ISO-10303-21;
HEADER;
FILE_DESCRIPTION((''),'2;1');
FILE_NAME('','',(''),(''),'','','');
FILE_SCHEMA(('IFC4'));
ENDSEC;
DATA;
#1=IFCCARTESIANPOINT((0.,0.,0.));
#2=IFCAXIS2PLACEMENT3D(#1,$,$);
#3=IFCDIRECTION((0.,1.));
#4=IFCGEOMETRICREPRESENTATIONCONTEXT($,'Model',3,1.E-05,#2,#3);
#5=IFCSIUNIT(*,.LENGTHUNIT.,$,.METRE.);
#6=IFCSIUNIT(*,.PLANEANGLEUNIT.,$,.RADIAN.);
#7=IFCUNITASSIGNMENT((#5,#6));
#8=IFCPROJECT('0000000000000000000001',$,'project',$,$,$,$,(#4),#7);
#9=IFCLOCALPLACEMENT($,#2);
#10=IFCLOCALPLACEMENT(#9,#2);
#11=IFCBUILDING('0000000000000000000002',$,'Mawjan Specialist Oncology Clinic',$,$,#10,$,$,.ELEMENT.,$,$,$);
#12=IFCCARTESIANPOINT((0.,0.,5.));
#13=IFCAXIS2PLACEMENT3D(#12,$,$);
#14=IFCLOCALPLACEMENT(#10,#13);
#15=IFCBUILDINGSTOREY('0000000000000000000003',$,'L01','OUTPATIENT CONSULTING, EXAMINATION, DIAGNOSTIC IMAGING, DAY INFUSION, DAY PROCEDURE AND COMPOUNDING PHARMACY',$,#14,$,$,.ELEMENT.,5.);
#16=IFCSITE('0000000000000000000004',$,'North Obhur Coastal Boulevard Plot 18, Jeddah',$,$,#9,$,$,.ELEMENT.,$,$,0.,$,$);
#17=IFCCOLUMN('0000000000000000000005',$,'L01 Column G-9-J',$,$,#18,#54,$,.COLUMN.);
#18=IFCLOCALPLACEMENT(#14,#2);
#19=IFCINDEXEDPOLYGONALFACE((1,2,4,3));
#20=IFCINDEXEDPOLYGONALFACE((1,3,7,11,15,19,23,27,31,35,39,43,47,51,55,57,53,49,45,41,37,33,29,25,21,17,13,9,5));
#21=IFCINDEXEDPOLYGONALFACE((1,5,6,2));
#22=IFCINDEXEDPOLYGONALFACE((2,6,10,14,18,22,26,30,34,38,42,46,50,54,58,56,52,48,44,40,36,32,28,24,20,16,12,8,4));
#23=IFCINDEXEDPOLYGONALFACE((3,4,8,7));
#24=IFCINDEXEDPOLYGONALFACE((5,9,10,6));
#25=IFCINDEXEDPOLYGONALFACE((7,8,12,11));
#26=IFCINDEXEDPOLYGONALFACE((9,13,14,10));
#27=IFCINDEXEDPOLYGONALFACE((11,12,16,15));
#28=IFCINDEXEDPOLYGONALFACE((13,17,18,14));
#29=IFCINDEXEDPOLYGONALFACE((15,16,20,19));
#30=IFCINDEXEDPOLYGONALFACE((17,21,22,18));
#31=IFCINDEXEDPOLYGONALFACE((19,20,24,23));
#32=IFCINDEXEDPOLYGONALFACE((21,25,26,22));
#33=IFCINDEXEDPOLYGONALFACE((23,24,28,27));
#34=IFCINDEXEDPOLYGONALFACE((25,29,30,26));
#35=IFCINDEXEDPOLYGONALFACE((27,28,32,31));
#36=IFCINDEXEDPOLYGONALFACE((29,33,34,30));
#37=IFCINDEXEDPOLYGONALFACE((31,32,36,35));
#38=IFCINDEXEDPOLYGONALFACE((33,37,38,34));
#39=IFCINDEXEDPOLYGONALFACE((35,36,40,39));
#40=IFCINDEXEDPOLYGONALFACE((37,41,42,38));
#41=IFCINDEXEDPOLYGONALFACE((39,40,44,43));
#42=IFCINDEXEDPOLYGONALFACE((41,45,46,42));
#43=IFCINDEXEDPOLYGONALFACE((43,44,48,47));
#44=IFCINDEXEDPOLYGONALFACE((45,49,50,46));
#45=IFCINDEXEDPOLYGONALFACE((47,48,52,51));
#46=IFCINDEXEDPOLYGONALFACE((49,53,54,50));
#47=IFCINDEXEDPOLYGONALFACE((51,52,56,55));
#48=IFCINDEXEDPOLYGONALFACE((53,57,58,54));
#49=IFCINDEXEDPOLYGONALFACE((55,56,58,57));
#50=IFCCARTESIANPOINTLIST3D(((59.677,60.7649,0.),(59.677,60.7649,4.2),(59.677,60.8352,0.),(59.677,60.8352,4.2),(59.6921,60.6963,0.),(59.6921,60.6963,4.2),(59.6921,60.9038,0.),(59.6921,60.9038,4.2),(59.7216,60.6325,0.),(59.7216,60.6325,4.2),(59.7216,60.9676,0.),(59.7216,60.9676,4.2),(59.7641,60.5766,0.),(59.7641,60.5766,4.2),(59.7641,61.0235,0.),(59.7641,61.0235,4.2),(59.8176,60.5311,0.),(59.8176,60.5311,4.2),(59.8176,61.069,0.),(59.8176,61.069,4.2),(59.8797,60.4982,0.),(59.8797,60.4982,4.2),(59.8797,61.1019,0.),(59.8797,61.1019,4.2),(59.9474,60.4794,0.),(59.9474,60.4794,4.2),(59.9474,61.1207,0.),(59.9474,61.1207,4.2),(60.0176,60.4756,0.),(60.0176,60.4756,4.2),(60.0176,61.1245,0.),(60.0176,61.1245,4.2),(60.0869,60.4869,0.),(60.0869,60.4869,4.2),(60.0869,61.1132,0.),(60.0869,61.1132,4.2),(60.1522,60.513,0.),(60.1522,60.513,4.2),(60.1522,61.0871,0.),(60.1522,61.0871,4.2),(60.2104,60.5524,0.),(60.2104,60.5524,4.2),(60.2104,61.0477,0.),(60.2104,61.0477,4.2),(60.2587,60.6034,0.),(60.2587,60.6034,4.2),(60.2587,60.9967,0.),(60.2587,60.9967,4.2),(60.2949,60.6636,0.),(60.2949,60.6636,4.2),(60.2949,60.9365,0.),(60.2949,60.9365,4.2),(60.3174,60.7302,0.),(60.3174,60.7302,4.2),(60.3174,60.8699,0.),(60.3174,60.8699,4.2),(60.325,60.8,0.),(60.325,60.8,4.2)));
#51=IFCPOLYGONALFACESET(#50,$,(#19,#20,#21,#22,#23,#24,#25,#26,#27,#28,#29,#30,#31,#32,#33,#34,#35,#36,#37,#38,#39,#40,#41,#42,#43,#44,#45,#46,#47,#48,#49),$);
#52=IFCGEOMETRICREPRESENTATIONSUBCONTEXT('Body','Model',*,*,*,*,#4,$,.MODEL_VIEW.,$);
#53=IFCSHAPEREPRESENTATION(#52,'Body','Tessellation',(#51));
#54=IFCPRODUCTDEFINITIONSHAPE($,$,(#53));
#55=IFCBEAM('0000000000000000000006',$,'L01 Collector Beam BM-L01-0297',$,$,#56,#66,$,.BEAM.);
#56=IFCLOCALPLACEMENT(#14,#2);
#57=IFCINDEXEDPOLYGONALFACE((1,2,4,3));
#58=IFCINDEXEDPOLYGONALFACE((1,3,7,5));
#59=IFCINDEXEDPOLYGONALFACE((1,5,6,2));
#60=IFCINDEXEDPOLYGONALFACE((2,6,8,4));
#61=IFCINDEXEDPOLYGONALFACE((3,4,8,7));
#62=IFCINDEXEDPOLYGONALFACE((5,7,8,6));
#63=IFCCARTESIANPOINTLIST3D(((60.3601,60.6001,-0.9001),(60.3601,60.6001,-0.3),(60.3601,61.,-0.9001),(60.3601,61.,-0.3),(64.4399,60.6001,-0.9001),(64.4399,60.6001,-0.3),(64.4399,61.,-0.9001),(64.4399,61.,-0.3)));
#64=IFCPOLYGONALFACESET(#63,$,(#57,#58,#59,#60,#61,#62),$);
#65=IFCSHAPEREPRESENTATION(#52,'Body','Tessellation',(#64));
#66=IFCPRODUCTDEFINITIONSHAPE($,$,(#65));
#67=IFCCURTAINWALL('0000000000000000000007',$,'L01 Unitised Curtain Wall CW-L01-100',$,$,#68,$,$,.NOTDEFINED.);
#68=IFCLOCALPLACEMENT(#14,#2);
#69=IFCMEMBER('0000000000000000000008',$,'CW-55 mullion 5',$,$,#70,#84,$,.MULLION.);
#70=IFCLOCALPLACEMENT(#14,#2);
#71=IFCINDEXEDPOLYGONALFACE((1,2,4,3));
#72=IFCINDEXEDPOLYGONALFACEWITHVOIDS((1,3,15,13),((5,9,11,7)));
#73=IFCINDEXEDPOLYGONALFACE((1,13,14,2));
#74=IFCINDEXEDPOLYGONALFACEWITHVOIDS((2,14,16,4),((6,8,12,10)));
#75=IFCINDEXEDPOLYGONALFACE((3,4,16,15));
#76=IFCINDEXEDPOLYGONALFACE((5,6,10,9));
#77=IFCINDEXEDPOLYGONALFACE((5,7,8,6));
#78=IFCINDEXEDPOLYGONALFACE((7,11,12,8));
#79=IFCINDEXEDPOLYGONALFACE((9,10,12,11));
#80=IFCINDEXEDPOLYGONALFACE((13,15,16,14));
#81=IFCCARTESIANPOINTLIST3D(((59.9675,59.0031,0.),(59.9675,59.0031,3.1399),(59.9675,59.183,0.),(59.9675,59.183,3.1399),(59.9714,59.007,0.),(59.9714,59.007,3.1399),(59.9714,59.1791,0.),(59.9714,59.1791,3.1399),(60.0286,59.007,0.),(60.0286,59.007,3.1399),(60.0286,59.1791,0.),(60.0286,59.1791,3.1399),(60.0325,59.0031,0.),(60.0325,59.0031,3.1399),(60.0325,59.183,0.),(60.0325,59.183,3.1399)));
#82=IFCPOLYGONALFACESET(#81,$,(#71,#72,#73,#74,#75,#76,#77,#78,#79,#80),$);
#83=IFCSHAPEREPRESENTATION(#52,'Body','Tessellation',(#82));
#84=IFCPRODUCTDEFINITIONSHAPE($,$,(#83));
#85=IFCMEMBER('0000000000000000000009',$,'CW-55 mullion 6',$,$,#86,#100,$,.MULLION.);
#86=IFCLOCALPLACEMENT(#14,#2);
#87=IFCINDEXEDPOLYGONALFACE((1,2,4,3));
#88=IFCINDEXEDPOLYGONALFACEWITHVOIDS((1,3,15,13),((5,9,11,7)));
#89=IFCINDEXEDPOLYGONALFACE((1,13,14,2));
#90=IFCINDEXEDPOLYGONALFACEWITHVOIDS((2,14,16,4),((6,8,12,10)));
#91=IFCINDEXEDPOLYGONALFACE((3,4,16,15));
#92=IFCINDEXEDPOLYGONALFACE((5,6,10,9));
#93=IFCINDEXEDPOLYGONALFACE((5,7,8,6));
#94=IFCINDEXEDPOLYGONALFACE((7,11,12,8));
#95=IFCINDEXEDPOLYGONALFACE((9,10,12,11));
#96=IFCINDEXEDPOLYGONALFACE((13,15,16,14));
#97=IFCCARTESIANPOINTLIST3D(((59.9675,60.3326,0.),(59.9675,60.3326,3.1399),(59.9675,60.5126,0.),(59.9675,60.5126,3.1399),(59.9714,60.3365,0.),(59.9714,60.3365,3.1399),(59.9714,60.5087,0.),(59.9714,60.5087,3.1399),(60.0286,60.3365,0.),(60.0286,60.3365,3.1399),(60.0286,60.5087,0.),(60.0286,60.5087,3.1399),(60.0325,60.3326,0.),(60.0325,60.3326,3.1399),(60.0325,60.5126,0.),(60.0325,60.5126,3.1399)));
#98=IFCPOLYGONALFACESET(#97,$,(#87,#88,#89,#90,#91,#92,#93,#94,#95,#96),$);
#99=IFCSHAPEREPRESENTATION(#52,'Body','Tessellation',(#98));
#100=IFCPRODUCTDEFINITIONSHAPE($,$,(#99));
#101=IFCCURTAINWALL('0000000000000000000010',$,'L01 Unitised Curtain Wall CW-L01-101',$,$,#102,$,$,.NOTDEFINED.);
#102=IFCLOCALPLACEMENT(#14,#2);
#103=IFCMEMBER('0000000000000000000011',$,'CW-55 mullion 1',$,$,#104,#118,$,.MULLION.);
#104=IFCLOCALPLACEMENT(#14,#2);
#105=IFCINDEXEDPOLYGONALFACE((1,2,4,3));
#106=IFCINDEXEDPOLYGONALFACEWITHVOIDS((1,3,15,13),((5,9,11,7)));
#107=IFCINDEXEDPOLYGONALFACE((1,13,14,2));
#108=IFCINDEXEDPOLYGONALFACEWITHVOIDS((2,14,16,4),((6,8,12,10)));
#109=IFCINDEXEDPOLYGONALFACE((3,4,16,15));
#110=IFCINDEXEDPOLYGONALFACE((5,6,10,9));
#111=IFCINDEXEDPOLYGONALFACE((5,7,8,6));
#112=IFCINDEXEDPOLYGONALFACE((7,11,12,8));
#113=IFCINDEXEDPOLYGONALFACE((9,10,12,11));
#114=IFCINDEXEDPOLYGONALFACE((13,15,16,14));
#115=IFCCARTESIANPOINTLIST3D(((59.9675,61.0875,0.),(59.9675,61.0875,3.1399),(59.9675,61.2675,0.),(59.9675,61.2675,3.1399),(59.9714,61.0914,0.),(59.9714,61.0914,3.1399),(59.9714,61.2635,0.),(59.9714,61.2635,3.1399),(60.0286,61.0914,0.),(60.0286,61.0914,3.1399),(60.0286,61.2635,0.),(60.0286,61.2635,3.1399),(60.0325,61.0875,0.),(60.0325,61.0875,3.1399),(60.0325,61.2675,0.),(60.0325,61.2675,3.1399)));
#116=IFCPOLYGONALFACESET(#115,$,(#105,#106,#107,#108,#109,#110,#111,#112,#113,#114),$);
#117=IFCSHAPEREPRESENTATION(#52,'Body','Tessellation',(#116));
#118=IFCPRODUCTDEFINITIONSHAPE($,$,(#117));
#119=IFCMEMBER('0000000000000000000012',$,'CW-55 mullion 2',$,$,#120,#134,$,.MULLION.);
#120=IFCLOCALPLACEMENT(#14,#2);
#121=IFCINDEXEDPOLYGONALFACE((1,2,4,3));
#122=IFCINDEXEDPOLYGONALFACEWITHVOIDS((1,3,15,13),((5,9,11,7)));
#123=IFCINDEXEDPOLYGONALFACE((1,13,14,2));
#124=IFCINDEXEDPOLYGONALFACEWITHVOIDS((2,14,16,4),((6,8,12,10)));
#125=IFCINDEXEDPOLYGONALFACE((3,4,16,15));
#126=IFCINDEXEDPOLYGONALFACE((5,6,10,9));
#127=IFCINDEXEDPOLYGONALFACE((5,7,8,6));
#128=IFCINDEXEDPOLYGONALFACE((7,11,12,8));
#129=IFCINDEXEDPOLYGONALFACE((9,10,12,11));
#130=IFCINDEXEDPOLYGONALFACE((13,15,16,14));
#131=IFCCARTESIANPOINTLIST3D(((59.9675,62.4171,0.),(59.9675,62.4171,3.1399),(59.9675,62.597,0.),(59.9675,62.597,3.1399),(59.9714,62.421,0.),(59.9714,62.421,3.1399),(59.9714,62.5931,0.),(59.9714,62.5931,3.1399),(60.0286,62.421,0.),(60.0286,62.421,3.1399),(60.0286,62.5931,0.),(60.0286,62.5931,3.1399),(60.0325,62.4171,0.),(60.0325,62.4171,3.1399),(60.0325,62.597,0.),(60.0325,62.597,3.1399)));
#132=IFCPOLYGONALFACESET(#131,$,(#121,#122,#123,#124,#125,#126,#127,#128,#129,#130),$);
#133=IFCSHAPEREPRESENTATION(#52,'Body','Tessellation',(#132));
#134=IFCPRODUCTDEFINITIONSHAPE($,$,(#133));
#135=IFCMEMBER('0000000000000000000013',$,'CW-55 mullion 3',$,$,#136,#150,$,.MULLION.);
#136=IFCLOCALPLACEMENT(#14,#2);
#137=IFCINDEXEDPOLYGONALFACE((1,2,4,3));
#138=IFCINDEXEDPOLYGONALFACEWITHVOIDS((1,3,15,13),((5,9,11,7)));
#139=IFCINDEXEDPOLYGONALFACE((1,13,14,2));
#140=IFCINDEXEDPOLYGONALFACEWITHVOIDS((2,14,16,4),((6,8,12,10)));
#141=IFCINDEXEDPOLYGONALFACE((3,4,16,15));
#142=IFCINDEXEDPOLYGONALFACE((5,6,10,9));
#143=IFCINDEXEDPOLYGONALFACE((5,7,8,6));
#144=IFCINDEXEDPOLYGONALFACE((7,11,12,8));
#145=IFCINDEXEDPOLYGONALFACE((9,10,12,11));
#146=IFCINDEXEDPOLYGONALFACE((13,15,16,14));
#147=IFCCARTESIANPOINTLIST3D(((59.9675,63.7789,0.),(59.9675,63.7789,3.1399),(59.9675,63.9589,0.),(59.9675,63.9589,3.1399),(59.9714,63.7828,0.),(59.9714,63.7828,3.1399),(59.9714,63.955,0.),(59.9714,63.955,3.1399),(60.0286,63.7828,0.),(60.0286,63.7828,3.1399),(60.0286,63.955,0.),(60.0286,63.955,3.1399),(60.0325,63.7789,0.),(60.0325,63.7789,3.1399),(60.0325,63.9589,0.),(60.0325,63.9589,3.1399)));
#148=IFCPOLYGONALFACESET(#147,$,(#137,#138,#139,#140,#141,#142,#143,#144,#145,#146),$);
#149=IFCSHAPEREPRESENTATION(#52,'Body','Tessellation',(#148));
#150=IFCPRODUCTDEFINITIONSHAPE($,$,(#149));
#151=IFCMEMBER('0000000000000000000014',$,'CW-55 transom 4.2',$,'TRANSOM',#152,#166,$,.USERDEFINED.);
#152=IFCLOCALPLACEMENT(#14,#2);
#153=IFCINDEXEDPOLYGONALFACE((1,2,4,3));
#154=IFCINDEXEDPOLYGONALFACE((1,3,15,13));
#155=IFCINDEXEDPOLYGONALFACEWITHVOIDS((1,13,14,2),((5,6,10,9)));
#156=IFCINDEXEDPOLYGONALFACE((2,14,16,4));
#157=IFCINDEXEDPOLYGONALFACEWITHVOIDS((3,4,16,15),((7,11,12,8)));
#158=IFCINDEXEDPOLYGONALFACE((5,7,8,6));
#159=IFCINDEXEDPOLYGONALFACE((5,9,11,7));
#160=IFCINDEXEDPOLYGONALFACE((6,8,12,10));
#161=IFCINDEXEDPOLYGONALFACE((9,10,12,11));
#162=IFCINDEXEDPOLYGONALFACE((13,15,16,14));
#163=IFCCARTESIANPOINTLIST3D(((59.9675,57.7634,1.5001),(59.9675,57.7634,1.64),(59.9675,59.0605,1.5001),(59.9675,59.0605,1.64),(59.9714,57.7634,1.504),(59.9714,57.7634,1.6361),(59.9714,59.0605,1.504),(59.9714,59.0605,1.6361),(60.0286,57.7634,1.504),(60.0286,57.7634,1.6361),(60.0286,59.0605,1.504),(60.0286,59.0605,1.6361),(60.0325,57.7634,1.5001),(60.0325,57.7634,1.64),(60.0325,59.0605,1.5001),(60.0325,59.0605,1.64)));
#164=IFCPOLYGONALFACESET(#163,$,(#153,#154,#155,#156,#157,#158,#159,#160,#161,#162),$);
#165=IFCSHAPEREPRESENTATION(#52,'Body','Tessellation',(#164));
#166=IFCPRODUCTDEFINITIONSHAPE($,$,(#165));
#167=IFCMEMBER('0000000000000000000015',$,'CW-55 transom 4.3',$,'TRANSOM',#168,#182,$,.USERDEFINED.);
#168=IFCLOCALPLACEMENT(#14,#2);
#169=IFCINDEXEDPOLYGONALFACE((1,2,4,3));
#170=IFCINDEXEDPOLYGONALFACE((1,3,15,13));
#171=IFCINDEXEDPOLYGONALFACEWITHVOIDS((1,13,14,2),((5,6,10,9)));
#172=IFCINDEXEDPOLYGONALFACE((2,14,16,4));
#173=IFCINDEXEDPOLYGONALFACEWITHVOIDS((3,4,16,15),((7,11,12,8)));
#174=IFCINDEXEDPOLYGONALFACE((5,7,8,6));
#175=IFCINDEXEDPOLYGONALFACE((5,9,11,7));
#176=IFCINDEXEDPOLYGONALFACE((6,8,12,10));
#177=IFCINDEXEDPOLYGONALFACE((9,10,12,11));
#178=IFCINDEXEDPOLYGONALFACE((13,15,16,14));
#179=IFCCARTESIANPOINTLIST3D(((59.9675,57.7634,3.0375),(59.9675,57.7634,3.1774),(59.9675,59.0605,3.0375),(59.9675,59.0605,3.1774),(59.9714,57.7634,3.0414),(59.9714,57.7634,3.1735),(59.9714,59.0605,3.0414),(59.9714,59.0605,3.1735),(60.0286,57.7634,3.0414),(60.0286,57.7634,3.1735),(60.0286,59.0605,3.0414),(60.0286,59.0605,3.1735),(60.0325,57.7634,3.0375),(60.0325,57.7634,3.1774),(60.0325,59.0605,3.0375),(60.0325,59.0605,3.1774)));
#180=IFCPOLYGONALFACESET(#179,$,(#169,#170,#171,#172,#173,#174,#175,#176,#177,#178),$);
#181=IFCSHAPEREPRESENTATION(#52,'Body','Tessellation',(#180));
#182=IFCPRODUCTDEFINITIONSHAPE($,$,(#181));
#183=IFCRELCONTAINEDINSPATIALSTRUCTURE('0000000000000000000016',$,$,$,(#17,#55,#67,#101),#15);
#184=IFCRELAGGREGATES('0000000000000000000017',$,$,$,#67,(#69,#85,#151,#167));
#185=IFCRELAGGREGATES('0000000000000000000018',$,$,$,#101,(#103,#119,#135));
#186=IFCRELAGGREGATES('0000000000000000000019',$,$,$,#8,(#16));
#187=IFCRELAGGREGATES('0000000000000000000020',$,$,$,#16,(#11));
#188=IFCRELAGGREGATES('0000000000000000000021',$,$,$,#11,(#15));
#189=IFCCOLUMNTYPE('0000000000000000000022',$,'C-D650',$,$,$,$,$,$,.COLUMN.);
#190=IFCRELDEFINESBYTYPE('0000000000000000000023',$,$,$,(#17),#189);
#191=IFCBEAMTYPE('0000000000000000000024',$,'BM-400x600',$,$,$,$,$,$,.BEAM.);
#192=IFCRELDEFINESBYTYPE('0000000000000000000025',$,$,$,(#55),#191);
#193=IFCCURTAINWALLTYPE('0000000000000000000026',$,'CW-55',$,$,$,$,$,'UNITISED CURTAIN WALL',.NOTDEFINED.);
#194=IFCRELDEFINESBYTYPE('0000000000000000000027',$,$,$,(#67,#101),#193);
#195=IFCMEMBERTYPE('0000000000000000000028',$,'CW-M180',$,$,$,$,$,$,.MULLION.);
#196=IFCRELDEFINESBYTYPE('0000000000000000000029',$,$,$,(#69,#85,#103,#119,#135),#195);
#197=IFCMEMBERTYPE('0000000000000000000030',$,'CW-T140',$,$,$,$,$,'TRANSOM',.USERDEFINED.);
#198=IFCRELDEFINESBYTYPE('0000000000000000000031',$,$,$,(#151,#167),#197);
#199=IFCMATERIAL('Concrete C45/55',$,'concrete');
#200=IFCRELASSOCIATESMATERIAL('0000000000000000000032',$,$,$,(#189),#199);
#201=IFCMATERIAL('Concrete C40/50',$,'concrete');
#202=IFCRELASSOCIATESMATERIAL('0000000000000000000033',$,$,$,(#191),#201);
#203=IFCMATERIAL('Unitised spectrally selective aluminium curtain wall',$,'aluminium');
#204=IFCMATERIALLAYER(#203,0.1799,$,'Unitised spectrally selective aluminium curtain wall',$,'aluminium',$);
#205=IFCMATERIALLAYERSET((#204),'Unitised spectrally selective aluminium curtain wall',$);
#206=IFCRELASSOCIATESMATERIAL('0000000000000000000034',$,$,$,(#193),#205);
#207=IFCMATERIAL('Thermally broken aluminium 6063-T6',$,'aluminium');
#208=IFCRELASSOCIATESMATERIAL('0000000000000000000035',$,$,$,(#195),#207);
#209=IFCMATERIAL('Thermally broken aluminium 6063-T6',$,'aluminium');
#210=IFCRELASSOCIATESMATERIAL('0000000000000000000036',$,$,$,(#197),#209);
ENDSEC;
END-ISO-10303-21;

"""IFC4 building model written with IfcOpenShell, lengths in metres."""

from ifc_helpers import new_model, si_unit, direction, frame, origin, origin_2d, place, context, subcontext, project, spatial, rectangle, hollow_rectangle, circle, extrude, material, layer, layer_set, material_profile, profile_set, type_object, element, aggregate, save


model = new_model("IFC4")

# Units and contexts
model_context = context("Model", 3, precision=1e-05, world=origin(), true_north=direction((0.0, 1.0)))
body_context = subcontext(model_context, "Body", "Model", "MODEL_VIEW")
ifc_project = project(units=[si_unit("LENGTHUNIT", "METRE"), si_unit("PLANEANGLEUNIT", "RADIAN")], contexts=[model_context])

# Site, building, storey
site_placement = place(None, origin())
site = spatial("IfcSite", under=ifc_project, at=site_placement, Name="North Obhur Coastal Boulevard Plot 18, Jeddah", CompositionType="ELEMENT", RefElevation=0.0)
building_placement = place(site_placement, origin())
building = spatial("IfcBuilding", under=site, at=building_placement, Name="Mawjan Specialist Oncology Clinic", CompositionType="ELEMENT")
storey_placement = place(building_placement, frame((0.0, 0.0, 5.0)))
storey = spatial("IfcBuildingStorey", under=building, at=storey_placement, Name="L01", Description="OUTPATIENT CONSULTING, EXAMINATION, DIAGNOSTIC IMAGING, DAY INFUSION, DAY PROCEDURE AND COMPOUNDING PHARMACY", CompositionType="ELEMENT", Elevation=5.0)

# Column
ifc_material_1 = material(Name="Concrete C45/55", Category="concrete")
ifc_material_profile_1 = material_profile(ifc_material_1, circle(Radius=0.325, at=origin_2d()), Name="RC COL D650", Category="concrete")
ifc_profile_set_1 = profile_set([ifc_material_profile_1], Name="Concrete C45/55")
column_type = type_object("IfcColumnType", Name="C-D650", PredefinedType="COLUMN", material=ifc_profile_set_1)
column_placement = place(storey_placement, frame((60.0, 60.8, 0.0), z_axis=(0.0, 0.0, 1.0), x_axis=(1.0, 0.0, 0.0)))
element("IfcColumn", 1, at=column_placement, inside=storey, type_object=column_type, Name="L01 Column G-9-J", PredefinedType="COLUMN", context=body_context, shape_type="SweptSolid", body=[
    extrude(circle(Radius=0.325, at=origin_2d()), origin(), (0.0, 0.0, 1.0), 4.2),
])

# Beam
ifc_material_2 = material(Name="Concrete C40/50", Category="concrete")
ifc_material_profile_2 = material_profile(ifc_material_2, rectangle(XDim=0.3999, YDim=0.6001, at=origin_2d()), Name="RC BM 400x600", Category="concrete")
ifc_profile_set_2 = profile_set([ifc_material_profile_2], Name="Concrete C40/50")
beam_type_1 = type_object("IfcBeamType", Name="BM-400x600", PredefinedType="BEAM", material=ifc_profile_set_2)
beam_1_placement = place(storey_placement, frame((60.3601, 60.8, -0.6001), z_axis=(1.0, 0.0, 0.0), x_axis=(0.0, 1.0, 0.0)))
element("IfcBeam", 2, at=beam_1_placement, inside=storey, type_object=beam_type_1, Name="L01 Collector Beam BM-L01-0297", PredefinedType="BEAM", context=body_context, shape_type="SweptSolid", body=[
    extrude(rectangle(XDim=0.3999, YDim=0.6001, at=origin_2d()), origin(), (0.0, 0.0, 1.0), 4.0798),
])

# Curtain walls, members
ifc_material_3 = material(Name="Unitised spectrally selective aluminium curtain wall", Category="aluminium")
ifc_layer_1 = layer(ifc_material_3, 0.1799, Name="Unitised spectrally selective aluminium curtain wall", Category="aluminium")
ifc_layer_set_1 = layer_set([ifc_layer_1], Name="Unitised spectrally selective aluminium curtain wall")
curtain_wall_type = type_object("IfcCurtainWallType", Name="CW-55", ElementType="UNITISED CURTAIN WALL", PredefinedType="NOTDEFINED", material=ifc_layer_set_1)
curtain_wall_1_placement = place(storey_placement, origin())
curtain_wall_1 = element("IfcCurtainWall", 3, at=curtain_wall_1_placement, inside=storey, type_object=curtain_wall_type, Name="L01 Unitised Curtain Wall CW-L01-100", PredefinedType="NOTDEFINED")
ifc_material_4 = material(Name="Thermally broken aluminium 6063-T6", Category="aluminium")
ifc_material_profile_3 = material_profile(ifc_material_4, hollow_rectangle(XDim=0.0649, YDim=0.1799, WallThickness=0.0039, at=origin_2d()), Name="ALU MULLION 180x65x4", Category="aluminium")
ifc_profile_set_3 = profile_set([ifc_material_profile_3], Name="Thermally broken aluminium 6063-T6")
member_type_1 = type_object("IfcMemberType", Name="CW-M180", PredefinedType="MULLION", material=ifc_profile_set_3)
member_1_placement = place(storey_placement, frame((60.0, 59.093, 0.0), z_axis=(0.0, 0.0, 1.0), x_axis=(-1.0, 0.0, 0.0)))
member_1 = element("IfcMember", 4, at=member_1_placement, type_object=member_type_1, Name="CW-55 mullion 5", PredefinedType="MULLION", context=body_context, shape_type="SweptSolid", body=[
    extrude(hollow_rectangle(XDim=0.0649, YDim=0.1799, WallThickness=0.0039, at=origin_2d()), origin(), (0.0, 0.0, 1.0), 3.1399),
])
member_2_placement = place(storey_placement, frame((60.0, 60.4226, 0.0), z_axis=(0.0, 0.0, 1.0), x_axis=(-1.0, 0.0, 0.0)))
member_2 = element("IfcMember", 5, at=member_2_placement, type_object=member_type_1, Name="CW-55 mullion 6", PredefinedType="MULLION", context=body_context, shape_type="SweptSolid", body=[
    extrude(hollow_rectangle(XDim=0.0649, YDim=0.1799, WallThickness=0.0039, at=origin_2d()), origin(), (0.0, 0.0, 1.0), 3.1399),
])
curtain_wall_2_placement = place(storey_placement, origin())
curtain_wall_2 = element("IfcCurtainWall", 6, at=curtain_wall_2_placement, inside=storey, type_object=curtain_wall_type, Name="L01 Unitised Curtain Wall CW-L01-101", PredefinedType="NOTDEFINED")
member_3_placement = place(storey_placement, frame((60.0, 61.1775, 0.0), z_axis=(0.0, 0.0, 1.0), x_axis=(-1.0, 0.0, 0.0)))
member_3 = element("IfcMember", 7, at=member_3_placement, type_object=member_type_1, Name="CW-55 mullion 1", PredefinedType="MULLION", context=body_context, shape_type="SweptSolid", body=[
    extrude(hollow_rectangle(XDim=0.0649, YDim=0.1799, WallThickness=0.0039, at=origin_2d()), origin(), (0.0, 0.0, 1.0), 3.1399),
])
member_4_placement = place(storey_placement, frame((60.0, 62.5071, 0.0), z_axis=(0.0, 0.0, 1.0), x_axis=(-1.0, 0.0, 0.0)))
member_4 = element("IfcMember", 8, at=member_4_placement, type_object=member_type_1, Name="CW-55 mullion 2", PredefinedType="MULLION", context=body_context, shape_type="SweptSolid", body=[
    extrude(hollow_rectangle(XDim=0.0649, YDim=0.1799, WallThickness=0.0039, at=origin_2d()), origin(), (0.0, 0.0, 1.0), 3.1399),
])
member_5_placement = place(storey_placement, frame((60.0, 63.8689, 0.0), z_axis=(0.0, 0.0, 1.0), x_axis=(-1.0, 0.0, 0.0)))
member_5 = element("IfcMember", 9, at=member_5_placement, type_object=member_type_1, Name="CW-55 mullion 3", PredefinedType="MULLION", context=body_context, shape_type="SweptSolid", body=[
    extrude(hollow_rectangle(XDim=0.0649, YDim=0.1799, WallThickness=0.0039, at=origin_2d()), origin(), (0.0, 0.0, 1.0), 3.1399),
])

# Members
ifc_material_5 = material(Name="Thermally broken aluminium 6063-T6", Category="aluminium")
ifc_material_profile_4 = material_profile(ifc_material_5, hollow_rectangle(XDim=0.0649, YDim=0.1399, WallThickness=0.0039, at=origin_2d()), Name="ALU TRANSOM 140x65x4", Category="aluminium")
ifc_profile_set_4 = profile_set([ifc_material_profile_4], Name="Thermally broken aluminium 6063-T6")
member_type_2 = type_object("IfcMemberType", Name="CW-T140", ElementType="TRANSOM", PredefinedType="USERDEFINED", material=ifc_profile_set_4)
member_6_placement = place(storey_placement, frame((60.0, 57.7634, 1.5701), z_axis=(0.0, 1.0, 0.0), x_axis=(-1.0, 0.0, 0.0)))
member_6 = element("IfcMember", 10, at=member_6_placement, type_object=member_type_2, Name="CW-55 transom 4.2", ObjectType="TRANSOM", PredefinedType="USERDEFINED", context=body_context, shape_type="SweptSolid", body=[
    extrude(hollow_rectangle(XDim=0.0649, YDim=0.1399, WallThickness=0.0039, at=origin_2d()), origin(), (0.0, 0.0, 1.0), 1.2971),
])
member_7_placement = place(storey_placement, frame((60.0, 57.7634, 3.1074), z_axis=(0.0, 1.0, 0.0), x_axis=(-1.0, 0.0, 0.0)))
member_7 = element("IfcMember", 11, at=member_7_placement, type_object=member_type_2, Name="CW-55 transom 4.3", ObjectType="TRANSOM", PredefinedType="USERDEFINED", context=body_context, shape_type="SweptSolid", body=[
    extrude(hollow_rectangle(XDim=0.0649, YDim=0.1399, WallThickness=0.0039, at=origin_2d()), origin(), (0.0, 0.0, 1.0), 1.2971),
])

aggregate(curtain_wall_1, [member_1, member_2, member_6, member_7])
aggregate(curtain_wall_2, [member_3, member_4, member_5])

save(model, "model.ifc")
